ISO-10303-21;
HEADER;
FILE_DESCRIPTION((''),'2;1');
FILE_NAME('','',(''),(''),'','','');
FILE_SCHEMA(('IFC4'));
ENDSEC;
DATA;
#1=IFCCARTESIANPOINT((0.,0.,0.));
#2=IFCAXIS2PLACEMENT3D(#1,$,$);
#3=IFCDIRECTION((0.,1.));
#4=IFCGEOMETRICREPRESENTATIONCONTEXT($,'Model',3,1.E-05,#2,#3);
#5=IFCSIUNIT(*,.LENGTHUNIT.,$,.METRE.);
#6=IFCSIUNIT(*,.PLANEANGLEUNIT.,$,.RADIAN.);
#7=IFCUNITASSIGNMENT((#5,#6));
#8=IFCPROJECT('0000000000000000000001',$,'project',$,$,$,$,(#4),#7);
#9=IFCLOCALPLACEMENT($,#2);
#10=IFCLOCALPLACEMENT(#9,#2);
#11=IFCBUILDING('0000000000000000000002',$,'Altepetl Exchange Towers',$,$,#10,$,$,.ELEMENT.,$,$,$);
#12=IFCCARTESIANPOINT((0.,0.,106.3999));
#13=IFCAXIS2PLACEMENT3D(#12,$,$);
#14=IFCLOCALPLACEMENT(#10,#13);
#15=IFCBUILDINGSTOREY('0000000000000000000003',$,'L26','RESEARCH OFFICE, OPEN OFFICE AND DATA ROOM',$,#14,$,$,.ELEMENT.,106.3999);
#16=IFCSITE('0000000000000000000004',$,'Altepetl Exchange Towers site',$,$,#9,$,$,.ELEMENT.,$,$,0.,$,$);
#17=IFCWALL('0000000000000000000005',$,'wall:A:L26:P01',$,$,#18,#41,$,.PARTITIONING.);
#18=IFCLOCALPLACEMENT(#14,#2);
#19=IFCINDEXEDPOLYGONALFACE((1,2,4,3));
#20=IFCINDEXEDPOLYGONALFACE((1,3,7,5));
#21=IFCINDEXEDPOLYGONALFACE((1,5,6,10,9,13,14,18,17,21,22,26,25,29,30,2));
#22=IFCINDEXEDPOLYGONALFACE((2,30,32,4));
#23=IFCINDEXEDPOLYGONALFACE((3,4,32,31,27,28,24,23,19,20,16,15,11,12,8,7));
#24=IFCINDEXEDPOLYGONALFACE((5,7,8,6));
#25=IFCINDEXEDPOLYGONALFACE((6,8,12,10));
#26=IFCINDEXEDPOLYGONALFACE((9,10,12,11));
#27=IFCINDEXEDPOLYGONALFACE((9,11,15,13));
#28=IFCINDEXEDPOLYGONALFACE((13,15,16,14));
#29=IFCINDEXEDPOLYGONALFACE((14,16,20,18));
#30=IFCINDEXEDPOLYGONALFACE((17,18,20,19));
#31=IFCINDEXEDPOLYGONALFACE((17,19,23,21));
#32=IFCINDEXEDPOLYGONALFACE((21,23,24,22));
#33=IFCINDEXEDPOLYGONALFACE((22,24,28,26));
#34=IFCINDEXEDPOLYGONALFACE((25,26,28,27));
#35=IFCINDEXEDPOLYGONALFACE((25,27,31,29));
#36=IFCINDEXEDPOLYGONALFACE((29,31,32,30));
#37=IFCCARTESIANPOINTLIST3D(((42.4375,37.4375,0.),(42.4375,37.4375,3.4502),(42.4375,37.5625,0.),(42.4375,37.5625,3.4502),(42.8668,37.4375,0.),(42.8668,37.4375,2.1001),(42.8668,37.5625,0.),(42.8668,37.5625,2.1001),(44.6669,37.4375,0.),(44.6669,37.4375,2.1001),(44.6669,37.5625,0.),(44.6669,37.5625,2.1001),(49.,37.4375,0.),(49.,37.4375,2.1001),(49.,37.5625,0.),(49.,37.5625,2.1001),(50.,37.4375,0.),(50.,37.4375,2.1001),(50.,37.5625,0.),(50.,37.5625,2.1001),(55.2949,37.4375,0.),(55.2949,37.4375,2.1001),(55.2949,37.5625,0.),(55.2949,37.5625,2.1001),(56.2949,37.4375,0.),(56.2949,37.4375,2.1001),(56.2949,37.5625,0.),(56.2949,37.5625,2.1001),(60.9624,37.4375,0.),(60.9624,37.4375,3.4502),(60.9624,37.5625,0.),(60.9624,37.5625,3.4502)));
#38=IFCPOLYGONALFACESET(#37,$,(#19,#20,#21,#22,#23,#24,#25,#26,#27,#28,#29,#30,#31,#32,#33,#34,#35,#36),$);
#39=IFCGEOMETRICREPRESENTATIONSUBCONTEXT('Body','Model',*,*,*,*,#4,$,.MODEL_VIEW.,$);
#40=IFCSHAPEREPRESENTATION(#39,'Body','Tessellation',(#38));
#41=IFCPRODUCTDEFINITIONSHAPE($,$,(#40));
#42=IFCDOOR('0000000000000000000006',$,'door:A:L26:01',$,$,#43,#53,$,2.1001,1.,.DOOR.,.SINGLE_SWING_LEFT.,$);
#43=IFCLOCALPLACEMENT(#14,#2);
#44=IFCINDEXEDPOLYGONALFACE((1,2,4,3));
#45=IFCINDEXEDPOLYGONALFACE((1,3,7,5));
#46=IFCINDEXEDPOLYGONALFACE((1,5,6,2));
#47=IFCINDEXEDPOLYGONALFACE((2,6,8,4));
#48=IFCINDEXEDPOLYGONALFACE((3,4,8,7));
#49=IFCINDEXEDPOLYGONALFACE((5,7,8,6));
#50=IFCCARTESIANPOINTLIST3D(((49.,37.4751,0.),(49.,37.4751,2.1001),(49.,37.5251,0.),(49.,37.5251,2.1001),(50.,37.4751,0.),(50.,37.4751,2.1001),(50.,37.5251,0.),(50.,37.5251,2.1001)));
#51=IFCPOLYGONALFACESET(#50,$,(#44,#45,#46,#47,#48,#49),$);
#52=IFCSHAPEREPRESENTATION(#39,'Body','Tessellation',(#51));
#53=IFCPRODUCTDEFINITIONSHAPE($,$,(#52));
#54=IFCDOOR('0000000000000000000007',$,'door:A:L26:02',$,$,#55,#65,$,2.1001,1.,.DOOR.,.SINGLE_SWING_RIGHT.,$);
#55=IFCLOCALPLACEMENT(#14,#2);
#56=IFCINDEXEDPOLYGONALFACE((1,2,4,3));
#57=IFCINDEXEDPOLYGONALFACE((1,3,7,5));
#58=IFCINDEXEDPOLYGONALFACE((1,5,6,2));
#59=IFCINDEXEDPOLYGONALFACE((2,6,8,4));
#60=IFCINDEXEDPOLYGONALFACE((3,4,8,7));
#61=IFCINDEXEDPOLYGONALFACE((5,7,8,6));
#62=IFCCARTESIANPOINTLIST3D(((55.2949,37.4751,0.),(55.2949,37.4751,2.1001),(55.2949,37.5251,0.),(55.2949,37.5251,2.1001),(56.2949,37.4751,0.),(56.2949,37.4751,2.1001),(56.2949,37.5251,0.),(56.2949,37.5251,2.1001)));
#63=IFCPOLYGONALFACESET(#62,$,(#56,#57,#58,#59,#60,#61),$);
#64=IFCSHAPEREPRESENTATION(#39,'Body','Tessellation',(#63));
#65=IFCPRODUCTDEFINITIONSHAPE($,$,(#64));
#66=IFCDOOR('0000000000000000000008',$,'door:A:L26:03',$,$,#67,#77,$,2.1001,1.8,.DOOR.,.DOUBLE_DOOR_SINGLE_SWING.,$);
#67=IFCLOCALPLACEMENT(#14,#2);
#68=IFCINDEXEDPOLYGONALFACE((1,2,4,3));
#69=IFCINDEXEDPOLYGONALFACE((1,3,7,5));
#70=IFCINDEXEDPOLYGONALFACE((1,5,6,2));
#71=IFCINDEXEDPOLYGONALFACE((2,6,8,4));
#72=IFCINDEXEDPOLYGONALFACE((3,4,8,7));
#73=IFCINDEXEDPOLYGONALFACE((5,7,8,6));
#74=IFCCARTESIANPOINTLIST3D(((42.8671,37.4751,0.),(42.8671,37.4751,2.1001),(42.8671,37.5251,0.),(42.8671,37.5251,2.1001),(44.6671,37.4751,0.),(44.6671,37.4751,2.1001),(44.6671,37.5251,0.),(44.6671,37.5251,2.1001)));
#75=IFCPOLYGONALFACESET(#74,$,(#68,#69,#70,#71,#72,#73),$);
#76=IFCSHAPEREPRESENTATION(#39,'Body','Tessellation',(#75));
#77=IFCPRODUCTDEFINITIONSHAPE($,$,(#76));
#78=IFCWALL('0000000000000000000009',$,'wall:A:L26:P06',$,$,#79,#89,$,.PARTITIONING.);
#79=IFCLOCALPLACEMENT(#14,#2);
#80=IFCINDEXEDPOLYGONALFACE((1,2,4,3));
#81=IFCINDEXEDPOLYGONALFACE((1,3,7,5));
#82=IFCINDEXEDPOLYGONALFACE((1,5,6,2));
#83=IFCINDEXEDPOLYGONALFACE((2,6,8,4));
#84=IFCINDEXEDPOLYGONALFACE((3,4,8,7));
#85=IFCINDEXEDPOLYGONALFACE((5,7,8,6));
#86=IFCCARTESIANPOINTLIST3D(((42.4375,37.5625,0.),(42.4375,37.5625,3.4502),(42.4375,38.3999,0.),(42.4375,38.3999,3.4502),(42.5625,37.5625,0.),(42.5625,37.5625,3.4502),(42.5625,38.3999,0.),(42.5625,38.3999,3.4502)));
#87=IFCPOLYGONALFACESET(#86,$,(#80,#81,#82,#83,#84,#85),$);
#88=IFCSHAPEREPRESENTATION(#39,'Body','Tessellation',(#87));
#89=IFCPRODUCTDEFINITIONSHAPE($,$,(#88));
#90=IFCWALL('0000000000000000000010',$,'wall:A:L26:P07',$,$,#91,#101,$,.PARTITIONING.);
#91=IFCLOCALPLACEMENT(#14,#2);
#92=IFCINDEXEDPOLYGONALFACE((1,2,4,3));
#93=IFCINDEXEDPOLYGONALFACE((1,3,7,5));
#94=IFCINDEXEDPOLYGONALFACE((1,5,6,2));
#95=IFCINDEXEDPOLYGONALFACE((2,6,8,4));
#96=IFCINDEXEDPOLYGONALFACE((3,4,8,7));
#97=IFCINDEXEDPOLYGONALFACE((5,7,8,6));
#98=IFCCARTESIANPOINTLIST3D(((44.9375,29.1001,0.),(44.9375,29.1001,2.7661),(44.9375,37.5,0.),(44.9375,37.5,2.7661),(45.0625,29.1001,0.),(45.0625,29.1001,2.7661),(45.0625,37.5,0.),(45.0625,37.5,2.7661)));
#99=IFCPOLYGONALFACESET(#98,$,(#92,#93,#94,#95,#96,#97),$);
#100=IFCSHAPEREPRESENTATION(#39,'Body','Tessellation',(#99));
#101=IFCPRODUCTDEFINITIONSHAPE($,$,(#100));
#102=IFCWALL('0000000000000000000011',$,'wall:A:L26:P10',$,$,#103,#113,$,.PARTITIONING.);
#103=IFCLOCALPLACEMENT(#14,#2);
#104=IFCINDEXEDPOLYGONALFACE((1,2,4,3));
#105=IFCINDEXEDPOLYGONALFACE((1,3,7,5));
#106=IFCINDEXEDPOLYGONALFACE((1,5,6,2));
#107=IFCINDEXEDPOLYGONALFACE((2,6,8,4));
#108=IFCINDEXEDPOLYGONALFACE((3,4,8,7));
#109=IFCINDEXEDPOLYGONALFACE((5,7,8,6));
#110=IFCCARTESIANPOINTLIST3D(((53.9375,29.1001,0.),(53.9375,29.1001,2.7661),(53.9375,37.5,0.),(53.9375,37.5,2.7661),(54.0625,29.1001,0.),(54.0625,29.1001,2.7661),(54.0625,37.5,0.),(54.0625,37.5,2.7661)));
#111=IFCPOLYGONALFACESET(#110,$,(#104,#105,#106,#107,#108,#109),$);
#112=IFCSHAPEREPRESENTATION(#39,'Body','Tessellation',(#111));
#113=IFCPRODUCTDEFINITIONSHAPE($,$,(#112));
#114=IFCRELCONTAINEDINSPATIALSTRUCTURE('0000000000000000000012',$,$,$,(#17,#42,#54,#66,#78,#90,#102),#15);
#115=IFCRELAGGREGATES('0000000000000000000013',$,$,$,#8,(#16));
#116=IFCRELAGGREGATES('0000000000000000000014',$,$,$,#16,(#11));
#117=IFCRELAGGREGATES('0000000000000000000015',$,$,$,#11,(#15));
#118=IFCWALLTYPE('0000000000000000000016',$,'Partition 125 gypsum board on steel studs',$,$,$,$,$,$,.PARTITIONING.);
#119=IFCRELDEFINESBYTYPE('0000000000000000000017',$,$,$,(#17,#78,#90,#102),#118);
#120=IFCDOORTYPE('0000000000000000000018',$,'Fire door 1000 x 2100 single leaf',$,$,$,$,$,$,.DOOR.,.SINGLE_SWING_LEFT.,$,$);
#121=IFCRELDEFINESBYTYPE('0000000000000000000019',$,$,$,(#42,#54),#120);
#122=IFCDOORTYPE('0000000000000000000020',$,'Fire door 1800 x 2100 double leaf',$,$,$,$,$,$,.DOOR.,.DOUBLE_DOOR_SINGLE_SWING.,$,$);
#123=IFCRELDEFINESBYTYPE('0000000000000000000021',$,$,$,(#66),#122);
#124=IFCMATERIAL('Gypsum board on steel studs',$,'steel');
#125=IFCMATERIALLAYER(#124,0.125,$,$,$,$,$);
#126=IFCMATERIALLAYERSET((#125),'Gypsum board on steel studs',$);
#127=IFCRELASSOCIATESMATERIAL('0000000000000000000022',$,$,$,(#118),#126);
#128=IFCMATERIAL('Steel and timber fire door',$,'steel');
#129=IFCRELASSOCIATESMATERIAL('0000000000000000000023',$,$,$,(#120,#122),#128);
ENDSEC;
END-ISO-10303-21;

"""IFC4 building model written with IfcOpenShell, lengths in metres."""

from ifc_helpers import new_model, si_unit, direction, frame, frame_2d, origin, place, context, subcontext, project, spatial, rectangle, extrude, material, layer, layer_set, type_object, element, fill, save


model = new_model("IFC4")

# Units and contexts
model_context = context("Model", 3, precision=1e-05, world=origin(), true_north=direction((0.0, 1.0)))
body_context = subcontext(model_context, "Body", "Model", "MODEL_VIEW")
ifc_project = project(units=[si_unit("LENGTHUNIT", "METRE"), si_unit("PLANEANGLEUNIT", "RADIAN")], contexts=[model_context])

# Site, building, storey
site_placement = place(None, origin())
site = spatial("IfcSite", under=ifc_project, at=site_placement, Name="Altepetl Exchange Towers site", CompositionType="ELEMENT", RefElevation=0.0)
building_placement = place(site_placement, origin())
building = spatial("IfcBuilding", under=site, at=building_placement, Name="Altepetl Exchange Towers", CompositionType="ELEMENT")
storey_placement = place(building_placement, frame((0.0, 0.0, 106.3999)))
storey = spatial("IfcBuildingStorey", under=building, at=storey_placement, Name="L26", Description="RESEARCH OFFICE, OPEN OFFICE AND DATA ROOM", CompositionType="ELEMENT", Elevation=106.3999)

# Wall, openings, doors
ifc_material_1 = material(Name="Gypsum board on steel studs", Category="steel")
ifc_layer_1 = layer(ifc_material_1, 0.125)
ifc_layer_set_1 = layer_set([ifc_layer_1], Name="Gypsum board on steel studs")
wall_type_1 = type_object("IfcWallType", Name="Partition 125 gypsum board on steel studs", PredefinedType="PARTITIONING", material=ifc_layer_set_1)
wall_1_placement = place(storey_placement, frame((42.4375, 37.5, 0.0)))
wall_1 = element("IfcWall", 1, at=wall_1_placement, inside=storey, type_object=wall_type_1, Name="wall:A:L26:P01", PredefinedType="PARTITIONING", context=body_context, shape_type="SweptSolid", body=[
    extrude(rectangle(XDim=18.5249, YDim=0.125, at=frame_2d((9.2625, 0.0))), origin(), (0.0, 0.0, 1.0), 3.4502),
])
opening_1_placement = place(wall_1_placement, frame((6.5625, 0.0, 0.0)))
opening_1 = element("IfcOpeningElement", 2, at=opening_1_placement, cuts=wall_1, PredefinedType="OPENING", context=body_context, shape_type="SweptSolid", body=[
    extrude(rectangle(XDim=1.0, YDim=2.1001, at=frame_2d((0.5, 1.05))), frame((0.0, 0.0725, 0.0), z_axis=(0.0, -1.0, 0.0), x_axis=(1.0, 0.0, 0.0)), (0.0, 0.0, 1.0), 0.145),
])
opening_2_placement = place(wall_1_placement, frame((12.8574, 0.0, 0.0)))
opening_2 = element("IfcOpeningElement", 3, at=opening_2_placement, cuts=wall_1, PredefinedType="OPENING", context=body_context, shape_type="SweptSolid", body=[
    extrude(rectangle(XDim=1.0, YDim=2.1001, at=frame_2d((0.5, 1.05))), frame((0.0, 0.0725, 0.0), z_axis=(0.0, -1.0, 0.0), x_axis=(1.0, 0.0, 0.0)), (0.0, 0.0, 1.0), 0.145),
])
opening_3_placement = place(wall_1_placement, frame((0.4294, 0.0, 0.0)))
opening_3 = element("IfcOpeningElement", 4, at=opening_3_placement, cuts=wall_1, PredefinedType="OPENING", context=body_context, shape_type="SweptSolid", body=[
    extrude(rectangle(XDim=1.8, YDim=2.1001, at=frame_2d((0.8999, 1.05))), frame((0.0, 0.0725, 0.0), z_axis=(0.0, -1.0, 0.0), x_axis=(1.0, 0.0, 0.0)), (0.0, 0.0, 1.0), 0.145),
])
ifc_material_2 = material(Name="Steel and timber fire door", Category="steel")
door_type_1 = type_object("IfcDoorType", Name="Fire door 1000 x 2100 single leaf", OperationType="SINGLE_SWING_LEFT", PredefinedType="DOOR", material=ifc_material_2)
door_1_placement = place(opening_1_placement, frame((1.0, 0.0, 0.0), x_axis=(-1.0, 0.0, 0.0)))
door_1 = element("IfcDoor", 5, at=door_1_placement, inside=storey, type_object=door_type_1, Name="door:A:L26:01", OperationType="SINGLE_SWING_LEFT", OverallHeight=2.1001, OverallWidth=1.0, PredefinedType="DOOR", context=body_context, shape_type="SweptSolid", body=[
    extrude(rectangle(XDim=1.0, YDim=2.1001, at=frame_2d((0.5, 1.05))), frame((0.0, 0.0249, 0.0), z_axis=(0.0, -1.0, 0.0), x_axis=(1.0, 0.0, 0.0)), (0.0, 0.0, 1.0), 0.05),
])
fill(opening_1, door_1)
door_2_placement = place(opening_2_placement, frame((1.0, 0.0, 0.0), x_axis=(-1.0, 0.0, 0.0)))
door_2 = element("IfcDoor", 6, at=door_2_placement, inside=storey, type_object=door_type_1, Name="door:A:L26:02", OperationType="SINGLE_SWING_RIGHT", OverallHeight=2.1001, OverallWidth=1.0, PredefinedType="DOOR", context=body_context, shape_type="SweptSolid", body=[
    extrude(rectangle(XDim=1.0, YDim=2.1001, at=frame_2d((0.5, 1.05))), frame((0.0, 0.0249, 0.0), z_axis=(0.0, -1.0, 0.0), x_axis=(1.0, 0.0, 0.0)), (0.0, 0.0, 1.0), 0.05),
])
fill(opening_2, door_2)
door_type_2 = type_object("IfcDoorType", Name="Fire door 1800 x 2100 double leaf", OperationType="DOUBLE_DOOR_SINGLE_SWING", PredefinedType="DOOR", material=ifc_material_2)
door_3_placement = place(opening_3_placement, frame((1.8, 0.0, 0.0), x_axis=(-1.0, 0.0, 0.0)))
door_3 = element("IfcDoor", 7, at=door_3_placement, inside=storey, type_object=door_type_2, Name="door:A:L26:03", OperationType="DOUBLE_DOOR_SINGLE_SWING", OverallHeight=2.1001, OverallWidth=1.8, PredefinedType="DOOR", context=body_context, shape_type="SweptSolid", body=[
    extrude(rectangle(XDim=1.8, YDim=2.1001, at=frame_2d((0.8999, 1.05))), frame((0.0, 0.0249, 0.0), z_axis=(0.0, -1.0, 0.0), x_axis=(1.0, 0.0, 0.0)), (0.0, 0.0, 1.0), 0.05),
])
fill(opening_3, door_3)

# Walls
wall_2_placement = place(storey_placement, frame((42.5, 37.5625, 0.0), z_axis=(0.0, 0.0, 1.0), x_axis=(0.0, 1.0, 0.0)))
element("IfcWall", 8, at=wall_2_placement, inside=storey, type_object=wall_type_1, Name="wall:A:L26:P06", PredefinedType="PARTITIONING", context=body_context, shape_type="SweptSolid", body=[
    extrude(rectangle(XDim=0.8374, YDim=0.125, at=frame_2d((0.4187, 0.0))), origin(), (0.0, 0.0, 1.0), 3.4502),
])
for number, where, z_axis, x_axis, name in (
    (9, (45.0, 29.1001, 0.0), (0.0, 0.0, 1.0), (0.0, 1.0, 0.0), "wall:A:L26:P07"),
    (10, (54.0, 29.1001, 0.0), (0.0, 0.0, 1.0), (0.0, 1.0, 0.0), "wall:A:L26:P10"),
):
    element("IfcWall", number, at=place(storey_placement, frame(where, z_axis=z_axis, x_axis=x_axis)), inside=storey, type_object=wall_type_1, Name=name, PredefinedType="PARTITIONING", context=body_context, shape_type="SweptSolid", body=[
        extrude(rectangle(XDim=8.3999, YDim=0.125, at=frame_2d((4.2, 0.0))), origin(), (0.0, 0.0, 1.0), 2.7661),
    ])

save(model, "model.ifc")
